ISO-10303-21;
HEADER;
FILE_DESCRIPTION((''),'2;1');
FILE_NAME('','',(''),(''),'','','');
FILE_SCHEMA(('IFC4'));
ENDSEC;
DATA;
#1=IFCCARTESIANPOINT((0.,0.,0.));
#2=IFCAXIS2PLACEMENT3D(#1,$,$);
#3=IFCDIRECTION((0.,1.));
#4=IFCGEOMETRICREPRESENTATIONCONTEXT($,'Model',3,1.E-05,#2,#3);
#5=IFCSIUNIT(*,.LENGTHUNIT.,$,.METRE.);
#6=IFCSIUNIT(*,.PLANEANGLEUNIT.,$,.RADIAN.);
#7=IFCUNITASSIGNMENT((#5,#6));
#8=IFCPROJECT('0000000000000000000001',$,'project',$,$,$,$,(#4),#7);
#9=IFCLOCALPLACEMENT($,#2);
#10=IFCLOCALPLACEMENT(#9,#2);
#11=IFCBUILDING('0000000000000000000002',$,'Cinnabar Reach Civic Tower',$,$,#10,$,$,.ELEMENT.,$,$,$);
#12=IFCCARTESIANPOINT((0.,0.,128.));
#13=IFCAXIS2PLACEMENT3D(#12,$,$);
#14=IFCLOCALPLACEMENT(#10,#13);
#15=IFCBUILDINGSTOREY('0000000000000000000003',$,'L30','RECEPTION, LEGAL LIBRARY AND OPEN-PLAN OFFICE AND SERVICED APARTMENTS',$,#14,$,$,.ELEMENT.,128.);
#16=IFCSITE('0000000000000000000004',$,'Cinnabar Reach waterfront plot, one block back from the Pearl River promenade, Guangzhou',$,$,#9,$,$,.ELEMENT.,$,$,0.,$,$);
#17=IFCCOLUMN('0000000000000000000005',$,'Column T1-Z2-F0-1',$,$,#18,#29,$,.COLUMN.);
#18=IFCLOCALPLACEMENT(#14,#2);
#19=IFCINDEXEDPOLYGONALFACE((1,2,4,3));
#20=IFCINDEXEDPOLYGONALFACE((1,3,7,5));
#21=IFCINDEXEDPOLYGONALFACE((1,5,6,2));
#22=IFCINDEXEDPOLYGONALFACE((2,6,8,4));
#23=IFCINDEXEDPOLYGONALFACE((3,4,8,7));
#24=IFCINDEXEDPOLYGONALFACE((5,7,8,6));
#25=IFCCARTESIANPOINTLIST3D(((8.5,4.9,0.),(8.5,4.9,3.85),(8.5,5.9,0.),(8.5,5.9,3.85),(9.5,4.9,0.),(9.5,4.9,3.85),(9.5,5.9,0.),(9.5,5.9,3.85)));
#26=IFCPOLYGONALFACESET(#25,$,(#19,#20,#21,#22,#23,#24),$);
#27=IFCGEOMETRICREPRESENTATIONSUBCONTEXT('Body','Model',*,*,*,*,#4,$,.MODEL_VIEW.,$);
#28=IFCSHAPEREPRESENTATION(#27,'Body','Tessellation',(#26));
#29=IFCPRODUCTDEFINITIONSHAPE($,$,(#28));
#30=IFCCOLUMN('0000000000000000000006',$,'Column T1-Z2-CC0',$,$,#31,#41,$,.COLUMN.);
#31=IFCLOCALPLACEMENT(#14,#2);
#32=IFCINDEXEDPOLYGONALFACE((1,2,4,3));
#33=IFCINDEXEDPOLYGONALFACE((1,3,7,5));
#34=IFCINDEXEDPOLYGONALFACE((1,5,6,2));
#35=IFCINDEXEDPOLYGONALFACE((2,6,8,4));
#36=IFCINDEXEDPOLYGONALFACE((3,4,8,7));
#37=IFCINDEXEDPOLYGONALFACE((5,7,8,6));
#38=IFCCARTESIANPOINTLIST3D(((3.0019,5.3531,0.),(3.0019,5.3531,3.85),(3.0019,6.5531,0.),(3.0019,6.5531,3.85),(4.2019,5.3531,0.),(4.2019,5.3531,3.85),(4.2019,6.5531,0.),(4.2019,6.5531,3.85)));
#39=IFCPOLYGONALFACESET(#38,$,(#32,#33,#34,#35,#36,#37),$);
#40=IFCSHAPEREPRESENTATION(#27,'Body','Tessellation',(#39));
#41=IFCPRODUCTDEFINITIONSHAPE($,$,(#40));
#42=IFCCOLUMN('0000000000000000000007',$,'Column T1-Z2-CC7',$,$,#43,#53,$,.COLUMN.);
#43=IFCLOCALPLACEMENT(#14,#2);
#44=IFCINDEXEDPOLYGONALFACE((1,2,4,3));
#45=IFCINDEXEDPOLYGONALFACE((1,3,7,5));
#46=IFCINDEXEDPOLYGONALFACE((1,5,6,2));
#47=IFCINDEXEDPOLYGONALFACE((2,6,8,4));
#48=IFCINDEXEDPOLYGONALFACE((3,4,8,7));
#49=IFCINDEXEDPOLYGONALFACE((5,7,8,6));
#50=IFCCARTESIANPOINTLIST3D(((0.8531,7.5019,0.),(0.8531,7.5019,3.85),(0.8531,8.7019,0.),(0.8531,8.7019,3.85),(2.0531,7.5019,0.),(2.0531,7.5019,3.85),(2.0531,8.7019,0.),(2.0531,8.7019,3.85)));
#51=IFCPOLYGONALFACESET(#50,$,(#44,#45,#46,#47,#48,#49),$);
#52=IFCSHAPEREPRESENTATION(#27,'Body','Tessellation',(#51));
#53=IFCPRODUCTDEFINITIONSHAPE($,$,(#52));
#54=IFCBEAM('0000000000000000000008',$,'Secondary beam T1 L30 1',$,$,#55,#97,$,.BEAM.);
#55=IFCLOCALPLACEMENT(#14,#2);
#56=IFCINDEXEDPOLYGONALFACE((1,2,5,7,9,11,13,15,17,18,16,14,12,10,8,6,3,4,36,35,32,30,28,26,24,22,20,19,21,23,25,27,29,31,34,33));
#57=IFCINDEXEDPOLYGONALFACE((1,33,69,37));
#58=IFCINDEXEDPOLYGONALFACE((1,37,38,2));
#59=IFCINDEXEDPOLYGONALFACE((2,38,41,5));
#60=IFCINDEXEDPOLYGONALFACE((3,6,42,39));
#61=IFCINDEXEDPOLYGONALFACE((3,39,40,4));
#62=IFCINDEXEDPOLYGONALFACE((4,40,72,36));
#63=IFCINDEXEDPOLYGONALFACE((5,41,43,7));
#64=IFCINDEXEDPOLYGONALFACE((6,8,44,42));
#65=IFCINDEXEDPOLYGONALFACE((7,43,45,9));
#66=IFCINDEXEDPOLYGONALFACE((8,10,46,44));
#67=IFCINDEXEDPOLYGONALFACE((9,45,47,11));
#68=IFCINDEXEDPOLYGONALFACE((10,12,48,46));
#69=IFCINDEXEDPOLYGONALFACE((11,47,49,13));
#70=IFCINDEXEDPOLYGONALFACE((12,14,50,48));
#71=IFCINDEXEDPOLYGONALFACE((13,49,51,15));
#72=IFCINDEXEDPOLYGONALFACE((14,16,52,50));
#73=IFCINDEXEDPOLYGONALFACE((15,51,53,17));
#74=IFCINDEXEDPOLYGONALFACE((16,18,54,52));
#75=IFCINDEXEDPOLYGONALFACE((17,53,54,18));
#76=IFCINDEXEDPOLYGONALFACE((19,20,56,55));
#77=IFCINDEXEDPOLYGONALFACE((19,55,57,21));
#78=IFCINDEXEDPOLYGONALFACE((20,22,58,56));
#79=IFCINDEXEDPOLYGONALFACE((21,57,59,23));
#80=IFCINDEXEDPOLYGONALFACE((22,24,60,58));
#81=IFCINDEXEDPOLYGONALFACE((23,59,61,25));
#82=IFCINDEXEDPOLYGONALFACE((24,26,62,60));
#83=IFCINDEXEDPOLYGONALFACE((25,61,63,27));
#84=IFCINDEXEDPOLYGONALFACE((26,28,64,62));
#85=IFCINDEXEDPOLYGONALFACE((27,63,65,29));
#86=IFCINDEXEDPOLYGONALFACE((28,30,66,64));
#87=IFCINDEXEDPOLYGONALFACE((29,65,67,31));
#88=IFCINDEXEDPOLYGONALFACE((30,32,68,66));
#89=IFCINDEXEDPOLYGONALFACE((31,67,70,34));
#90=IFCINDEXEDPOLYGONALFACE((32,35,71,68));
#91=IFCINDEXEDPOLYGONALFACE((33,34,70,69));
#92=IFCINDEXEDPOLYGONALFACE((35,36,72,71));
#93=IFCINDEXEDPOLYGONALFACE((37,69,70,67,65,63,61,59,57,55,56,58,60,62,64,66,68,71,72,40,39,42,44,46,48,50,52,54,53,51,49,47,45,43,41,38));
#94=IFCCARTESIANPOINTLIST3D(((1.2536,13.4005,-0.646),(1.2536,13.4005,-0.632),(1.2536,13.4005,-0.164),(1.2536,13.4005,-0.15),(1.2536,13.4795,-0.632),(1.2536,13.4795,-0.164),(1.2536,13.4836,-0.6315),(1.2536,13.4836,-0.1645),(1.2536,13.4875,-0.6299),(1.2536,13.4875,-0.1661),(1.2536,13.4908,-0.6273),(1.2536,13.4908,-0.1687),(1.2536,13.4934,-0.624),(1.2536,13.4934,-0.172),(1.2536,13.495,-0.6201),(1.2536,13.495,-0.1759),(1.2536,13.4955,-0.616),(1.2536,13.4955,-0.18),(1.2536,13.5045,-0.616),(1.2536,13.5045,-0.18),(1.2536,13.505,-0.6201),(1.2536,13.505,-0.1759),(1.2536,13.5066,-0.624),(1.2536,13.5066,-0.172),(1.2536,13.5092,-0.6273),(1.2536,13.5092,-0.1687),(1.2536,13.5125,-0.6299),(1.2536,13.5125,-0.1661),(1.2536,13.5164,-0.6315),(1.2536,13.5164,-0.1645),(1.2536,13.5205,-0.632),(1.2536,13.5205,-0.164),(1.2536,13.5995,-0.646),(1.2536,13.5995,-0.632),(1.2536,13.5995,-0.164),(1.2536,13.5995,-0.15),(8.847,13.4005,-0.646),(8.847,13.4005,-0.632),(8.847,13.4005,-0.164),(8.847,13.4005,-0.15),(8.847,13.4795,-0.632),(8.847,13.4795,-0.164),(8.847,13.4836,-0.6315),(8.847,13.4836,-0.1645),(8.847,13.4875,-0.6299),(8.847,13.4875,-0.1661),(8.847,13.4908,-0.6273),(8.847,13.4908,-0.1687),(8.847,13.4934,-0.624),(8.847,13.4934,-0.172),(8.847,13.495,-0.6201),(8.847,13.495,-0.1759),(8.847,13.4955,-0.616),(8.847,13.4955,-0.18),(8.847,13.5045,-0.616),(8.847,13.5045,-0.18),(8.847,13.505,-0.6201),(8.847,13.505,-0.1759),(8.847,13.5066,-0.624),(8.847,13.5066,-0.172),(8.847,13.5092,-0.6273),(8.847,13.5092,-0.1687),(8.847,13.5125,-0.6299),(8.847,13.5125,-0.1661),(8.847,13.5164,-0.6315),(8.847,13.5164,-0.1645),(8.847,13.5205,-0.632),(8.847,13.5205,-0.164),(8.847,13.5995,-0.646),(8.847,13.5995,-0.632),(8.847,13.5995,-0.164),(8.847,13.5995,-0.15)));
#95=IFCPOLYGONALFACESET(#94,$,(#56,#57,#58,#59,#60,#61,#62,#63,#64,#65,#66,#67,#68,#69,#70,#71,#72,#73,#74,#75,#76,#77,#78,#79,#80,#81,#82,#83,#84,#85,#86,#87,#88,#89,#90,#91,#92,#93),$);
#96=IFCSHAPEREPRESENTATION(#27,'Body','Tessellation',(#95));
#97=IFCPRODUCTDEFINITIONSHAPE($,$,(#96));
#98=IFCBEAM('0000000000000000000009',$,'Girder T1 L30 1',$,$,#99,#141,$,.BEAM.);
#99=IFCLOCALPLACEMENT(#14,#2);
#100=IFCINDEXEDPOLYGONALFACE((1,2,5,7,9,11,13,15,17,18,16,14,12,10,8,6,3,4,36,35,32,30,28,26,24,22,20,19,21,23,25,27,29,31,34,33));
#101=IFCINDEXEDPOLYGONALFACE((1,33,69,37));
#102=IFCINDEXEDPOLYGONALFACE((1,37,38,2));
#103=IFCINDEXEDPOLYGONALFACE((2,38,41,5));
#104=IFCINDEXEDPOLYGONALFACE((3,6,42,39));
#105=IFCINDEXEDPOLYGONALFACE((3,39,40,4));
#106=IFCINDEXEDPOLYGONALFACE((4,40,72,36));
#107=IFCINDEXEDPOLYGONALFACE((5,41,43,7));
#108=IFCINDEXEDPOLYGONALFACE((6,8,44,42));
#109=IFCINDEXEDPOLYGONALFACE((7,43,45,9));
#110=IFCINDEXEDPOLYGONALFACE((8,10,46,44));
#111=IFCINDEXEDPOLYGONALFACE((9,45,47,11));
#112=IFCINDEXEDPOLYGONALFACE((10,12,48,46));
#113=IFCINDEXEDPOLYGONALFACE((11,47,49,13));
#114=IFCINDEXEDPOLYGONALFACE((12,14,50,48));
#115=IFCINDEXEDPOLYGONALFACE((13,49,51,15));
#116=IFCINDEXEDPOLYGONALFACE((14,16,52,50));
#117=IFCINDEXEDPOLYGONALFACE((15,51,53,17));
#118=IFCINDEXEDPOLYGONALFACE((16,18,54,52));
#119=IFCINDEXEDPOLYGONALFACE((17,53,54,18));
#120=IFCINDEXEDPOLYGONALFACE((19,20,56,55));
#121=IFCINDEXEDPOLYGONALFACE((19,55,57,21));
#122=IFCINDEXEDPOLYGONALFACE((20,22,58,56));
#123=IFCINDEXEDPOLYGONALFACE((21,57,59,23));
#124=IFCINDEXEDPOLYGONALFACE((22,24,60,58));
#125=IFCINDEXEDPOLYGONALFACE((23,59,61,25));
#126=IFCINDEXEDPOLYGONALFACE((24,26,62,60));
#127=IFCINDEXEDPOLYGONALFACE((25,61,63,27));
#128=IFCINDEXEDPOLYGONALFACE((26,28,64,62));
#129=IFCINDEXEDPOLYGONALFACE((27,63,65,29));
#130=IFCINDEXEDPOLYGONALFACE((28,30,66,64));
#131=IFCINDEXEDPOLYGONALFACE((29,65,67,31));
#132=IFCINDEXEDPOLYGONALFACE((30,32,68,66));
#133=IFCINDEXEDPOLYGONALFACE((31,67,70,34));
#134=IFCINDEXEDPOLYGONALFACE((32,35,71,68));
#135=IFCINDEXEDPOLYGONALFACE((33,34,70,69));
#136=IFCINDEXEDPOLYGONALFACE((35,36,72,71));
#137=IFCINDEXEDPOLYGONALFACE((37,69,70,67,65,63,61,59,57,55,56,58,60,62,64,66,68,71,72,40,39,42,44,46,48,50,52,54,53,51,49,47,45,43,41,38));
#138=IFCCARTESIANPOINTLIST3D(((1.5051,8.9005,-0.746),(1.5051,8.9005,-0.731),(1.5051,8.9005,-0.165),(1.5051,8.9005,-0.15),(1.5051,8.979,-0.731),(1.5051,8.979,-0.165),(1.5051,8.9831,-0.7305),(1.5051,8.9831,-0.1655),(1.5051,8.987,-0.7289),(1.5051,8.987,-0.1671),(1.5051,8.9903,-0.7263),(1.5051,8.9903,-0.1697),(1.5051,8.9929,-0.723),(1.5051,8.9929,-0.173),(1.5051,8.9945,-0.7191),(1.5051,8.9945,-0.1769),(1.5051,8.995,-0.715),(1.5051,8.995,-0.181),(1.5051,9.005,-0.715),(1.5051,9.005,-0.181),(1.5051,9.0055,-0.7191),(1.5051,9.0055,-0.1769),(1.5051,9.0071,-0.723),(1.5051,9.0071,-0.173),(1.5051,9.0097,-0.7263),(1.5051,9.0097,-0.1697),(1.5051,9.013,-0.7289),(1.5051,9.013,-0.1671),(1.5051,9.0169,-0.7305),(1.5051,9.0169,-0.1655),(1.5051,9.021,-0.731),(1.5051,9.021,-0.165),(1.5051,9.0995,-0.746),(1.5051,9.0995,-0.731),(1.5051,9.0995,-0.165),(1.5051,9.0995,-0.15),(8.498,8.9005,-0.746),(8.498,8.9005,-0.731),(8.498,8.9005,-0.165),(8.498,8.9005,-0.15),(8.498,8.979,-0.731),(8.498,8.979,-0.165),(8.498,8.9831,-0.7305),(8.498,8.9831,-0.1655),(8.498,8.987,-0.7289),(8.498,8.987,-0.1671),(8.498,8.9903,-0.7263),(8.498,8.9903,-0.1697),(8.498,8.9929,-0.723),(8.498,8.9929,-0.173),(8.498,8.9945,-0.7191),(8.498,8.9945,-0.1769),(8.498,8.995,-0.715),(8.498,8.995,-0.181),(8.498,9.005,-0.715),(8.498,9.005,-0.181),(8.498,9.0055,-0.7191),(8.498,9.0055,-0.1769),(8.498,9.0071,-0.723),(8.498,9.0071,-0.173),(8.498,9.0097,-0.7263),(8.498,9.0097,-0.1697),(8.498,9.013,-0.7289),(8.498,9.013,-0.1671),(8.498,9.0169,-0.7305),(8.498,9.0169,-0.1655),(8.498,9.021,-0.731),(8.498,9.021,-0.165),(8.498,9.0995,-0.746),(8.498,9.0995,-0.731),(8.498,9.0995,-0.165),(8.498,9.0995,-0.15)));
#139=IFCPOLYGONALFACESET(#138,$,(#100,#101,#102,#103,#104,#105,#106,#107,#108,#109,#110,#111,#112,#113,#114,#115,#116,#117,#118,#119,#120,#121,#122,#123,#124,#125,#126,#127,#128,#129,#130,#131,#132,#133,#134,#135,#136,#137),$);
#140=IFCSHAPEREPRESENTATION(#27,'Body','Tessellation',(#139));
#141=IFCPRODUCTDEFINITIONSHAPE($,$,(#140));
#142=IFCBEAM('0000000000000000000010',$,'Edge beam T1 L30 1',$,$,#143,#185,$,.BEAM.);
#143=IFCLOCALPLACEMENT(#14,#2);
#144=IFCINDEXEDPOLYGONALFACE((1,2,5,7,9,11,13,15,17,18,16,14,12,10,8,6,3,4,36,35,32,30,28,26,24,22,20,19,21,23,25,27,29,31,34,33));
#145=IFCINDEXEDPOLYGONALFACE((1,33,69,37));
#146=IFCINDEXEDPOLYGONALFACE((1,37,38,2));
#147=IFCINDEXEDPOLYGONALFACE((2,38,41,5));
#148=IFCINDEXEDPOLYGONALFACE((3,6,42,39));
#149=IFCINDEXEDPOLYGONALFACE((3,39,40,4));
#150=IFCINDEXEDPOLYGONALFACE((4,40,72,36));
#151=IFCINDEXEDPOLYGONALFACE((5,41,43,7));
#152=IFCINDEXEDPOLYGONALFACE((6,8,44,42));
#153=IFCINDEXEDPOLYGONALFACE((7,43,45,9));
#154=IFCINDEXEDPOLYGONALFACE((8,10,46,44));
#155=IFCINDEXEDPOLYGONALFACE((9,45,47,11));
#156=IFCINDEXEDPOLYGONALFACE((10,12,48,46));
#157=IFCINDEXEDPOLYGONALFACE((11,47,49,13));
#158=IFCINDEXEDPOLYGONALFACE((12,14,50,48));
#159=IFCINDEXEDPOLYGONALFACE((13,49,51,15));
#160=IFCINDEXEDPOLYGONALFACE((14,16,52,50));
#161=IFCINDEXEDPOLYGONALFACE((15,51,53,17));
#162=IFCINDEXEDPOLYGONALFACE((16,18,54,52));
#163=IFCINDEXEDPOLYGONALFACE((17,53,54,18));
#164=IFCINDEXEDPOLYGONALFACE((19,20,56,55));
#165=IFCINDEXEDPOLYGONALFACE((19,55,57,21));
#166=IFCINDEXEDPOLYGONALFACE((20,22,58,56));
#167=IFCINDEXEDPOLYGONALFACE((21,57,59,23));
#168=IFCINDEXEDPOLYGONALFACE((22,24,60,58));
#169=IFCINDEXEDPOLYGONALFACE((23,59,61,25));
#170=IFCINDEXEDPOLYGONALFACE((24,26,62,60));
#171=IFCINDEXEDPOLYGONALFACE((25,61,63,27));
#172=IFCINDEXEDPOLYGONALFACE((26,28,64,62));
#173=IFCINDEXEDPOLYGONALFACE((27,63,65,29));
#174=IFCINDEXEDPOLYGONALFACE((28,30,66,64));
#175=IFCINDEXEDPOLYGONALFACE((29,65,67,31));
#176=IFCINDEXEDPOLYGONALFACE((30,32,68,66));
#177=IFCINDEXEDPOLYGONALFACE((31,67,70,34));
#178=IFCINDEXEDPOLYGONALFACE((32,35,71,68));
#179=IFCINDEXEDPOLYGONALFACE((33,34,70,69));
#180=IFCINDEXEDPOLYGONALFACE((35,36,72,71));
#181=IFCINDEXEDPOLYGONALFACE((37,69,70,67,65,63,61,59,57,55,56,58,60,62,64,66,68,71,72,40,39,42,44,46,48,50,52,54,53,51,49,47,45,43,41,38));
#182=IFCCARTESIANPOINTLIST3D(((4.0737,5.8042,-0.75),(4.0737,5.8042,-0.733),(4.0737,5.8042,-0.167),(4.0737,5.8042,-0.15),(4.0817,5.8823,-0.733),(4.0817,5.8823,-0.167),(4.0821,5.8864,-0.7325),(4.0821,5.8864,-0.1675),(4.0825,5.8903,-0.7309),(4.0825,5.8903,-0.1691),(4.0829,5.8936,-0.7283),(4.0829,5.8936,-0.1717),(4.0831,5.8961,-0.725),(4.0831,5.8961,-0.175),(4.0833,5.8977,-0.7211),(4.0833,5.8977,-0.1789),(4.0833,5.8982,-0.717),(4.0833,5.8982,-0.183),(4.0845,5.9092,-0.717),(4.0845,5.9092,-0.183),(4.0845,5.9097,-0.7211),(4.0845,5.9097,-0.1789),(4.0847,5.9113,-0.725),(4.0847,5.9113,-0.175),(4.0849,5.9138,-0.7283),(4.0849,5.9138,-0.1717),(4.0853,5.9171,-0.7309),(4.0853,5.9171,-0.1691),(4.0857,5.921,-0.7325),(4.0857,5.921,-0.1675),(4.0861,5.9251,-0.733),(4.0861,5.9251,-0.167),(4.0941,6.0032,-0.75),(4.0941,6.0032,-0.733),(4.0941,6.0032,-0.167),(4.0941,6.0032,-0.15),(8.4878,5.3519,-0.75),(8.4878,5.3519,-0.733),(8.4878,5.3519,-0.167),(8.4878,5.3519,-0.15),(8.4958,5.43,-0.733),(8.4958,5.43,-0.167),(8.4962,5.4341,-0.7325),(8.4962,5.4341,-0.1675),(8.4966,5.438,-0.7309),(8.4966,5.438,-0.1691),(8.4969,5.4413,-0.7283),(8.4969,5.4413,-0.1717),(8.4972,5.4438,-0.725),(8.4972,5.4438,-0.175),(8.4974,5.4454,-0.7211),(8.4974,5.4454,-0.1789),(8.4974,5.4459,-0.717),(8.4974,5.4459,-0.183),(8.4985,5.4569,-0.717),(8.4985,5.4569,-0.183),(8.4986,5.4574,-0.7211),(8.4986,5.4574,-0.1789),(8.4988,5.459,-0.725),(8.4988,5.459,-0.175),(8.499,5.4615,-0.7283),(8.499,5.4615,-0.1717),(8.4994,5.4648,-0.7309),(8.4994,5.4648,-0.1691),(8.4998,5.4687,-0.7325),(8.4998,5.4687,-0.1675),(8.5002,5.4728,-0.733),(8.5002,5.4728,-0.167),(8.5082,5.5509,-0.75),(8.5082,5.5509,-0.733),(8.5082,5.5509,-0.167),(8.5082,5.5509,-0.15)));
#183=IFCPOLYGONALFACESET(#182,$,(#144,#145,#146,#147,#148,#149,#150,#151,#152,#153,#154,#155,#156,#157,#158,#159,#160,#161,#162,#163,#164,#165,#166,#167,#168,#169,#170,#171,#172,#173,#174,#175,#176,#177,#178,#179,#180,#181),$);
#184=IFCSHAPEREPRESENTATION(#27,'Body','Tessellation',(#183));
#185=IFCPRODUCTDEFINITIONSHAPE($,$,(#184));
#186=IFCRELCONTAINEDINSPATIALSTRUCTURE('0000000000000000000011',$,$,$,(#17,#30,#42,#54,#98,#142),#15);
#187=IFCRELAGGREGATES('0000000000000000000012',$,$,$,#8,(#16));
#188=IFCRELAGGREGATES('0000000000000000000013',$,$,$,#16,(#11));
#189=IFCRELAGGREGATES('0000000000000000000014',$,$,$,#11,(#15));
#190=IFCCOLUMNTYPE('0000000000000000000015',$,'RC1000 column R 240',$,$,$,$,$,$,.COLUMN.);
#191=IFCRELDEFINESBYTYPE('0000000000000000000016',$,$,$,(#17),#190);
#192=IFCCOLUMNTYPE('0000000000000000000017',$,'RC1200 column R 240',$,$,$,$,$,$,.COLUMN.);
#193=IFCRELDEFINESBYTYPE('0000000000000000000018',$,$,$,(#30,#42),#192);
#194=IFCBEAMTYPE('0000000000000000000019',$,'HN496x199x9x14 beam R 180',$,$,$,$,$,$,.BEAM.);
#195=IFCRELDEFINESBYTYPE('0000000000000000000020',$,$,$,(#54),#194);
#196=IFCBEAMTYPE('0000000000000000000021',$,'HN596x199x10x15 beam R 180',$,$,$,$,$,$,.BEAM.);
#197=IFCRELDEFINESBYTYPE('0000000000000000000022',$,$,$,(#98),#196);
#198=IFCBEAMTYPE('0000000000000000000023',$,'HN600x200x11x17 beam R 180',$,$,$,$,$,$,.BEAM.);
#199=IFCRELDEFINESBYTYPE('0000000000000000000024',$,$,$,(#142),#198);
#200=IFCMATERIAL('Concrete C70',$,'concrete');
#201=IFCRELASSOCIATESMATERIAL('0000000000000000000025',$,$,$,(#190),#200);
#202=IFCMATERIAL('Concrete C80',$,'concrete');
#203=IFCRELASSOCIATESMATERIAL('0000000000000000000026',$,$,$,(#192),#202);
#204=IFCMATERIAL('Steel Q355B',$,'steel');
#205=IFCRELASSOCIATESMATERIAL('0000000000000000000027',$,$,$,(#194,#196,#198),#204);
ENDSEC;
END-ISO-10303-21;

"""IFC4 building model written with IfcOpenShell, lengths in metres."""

from ifc_helpers import new_model, si_unit, direction, frame, origin, origin_2d, place, context, subcontext, project, spatial, rectangle, i_section, extrude, material, material_profile, profile_set, type_object, element, save


model = new_model("IFC4")

# Units and contexts
model_context = context("Model", 3, precision=1e-05, world=origin(), true_north=direction((0.0, 1.0)))
body_context = subcontext(model_context, "Body", "Model", "MODEL_VIEW")
ifc_project = project(units=[si_unit("LENGTHUNIT", "METRE"), si_unit("PLANEANGLEUNIT", "RADIAN")], contexts=[model_context])

# Site, building, storey
site_placement = place(None, origin())
site = spatial("IfcSite", under=ifc_project, at=site_placement, Name="Cinnabar Reach waterfront plot, one block back from the Pearl River promenade, Guangzhou", CompositionType="ELEMENT", RefElevation=0.0)
building_placement = place(site_placement, origin())
building = spatial("IfcBuilding", under=site, at=building_placement, Name="Cinnabar Reach Civic Tower", CompositionType="ELEMENT")
storey_placement = place(building_placement, frame((0.0, 0.0, 128.0)))
storey = spatial("IfcBuildingStorey", under=building, at=storey_placement, Name="L30", Description="RECEPTION, LEGAL LIBRARY AND OPEN-PLAN OFFICE AND SERVICED APARTMENTS", CompositionType="ELEMENT", Elevation=128.0)

# Columns
ifc_material_1 = material(Name="Concrete C70", Category="concrete")
ifc_material_profile_1 = material_profile(ifc_material_1, rectangle(XDim=1.0, YDim=1.0, at=origin_2d()), Name="RC1000")
ifc_profile_set_1 = profile_set([ifc_material_profile_1], Name="Concrete C70")
column_type_1 = type_object("IfcColumnType", Name="RC1000 column R 240", PredefinedType="COLUMN", material=ifc_profile_set_1)
column_placement = place(storey_placement, frame((9.0, 5.4, 0.0), z_axis=(0.0, 0.0, 1.0), x_axis=(1.0, 0.0, 0.0)))
element("IfcColumn", 1, at=column_placement, inside=storey, type_object=column_type_1, Name="Column T1-Z2-F0-1", PredefinedType="COLUMN", context=body_context, shape_type="SweptSolid", body=[
    extrude(rectangle(XDim=1.0, YDim=1.0, at=origin_2d()), origin(), (0.0, 0.0, 1.0), 3.85),
])
ifc_material_2 = material(Name="Concrete C80", Category="concrete")
ifc_material_profile_2 = material_profile(ifc_material_2, rectangle(XDim=1.2, YDim=1.2, at=origin_2d()), Name="RC1200")
ifc_profile_set_2 = profile_set([ifc_material_profile_2], Name="Concrete C80")
column_type_2 = type_object("IfcColumnType", Name="RC1200 column R 240", PredefinedType="COLUMN", material=ifc_profile_set_2)
for number, where, z_axis, x_axis, name in (
    (2, (3.6019, 5.9531, 0.0), (0.0, 0.0, 1.0), (1.0, 0.0, 0.0), "Column T1-Z2-CC0"),
    (3, (1.4531, 8.1019, 0.0), (0.0, 0.0, 1.0), (1.0, 0.0, 0.0), "Column T1-Z2-CC7"),
):
    element("IfcColumn", number, at=place(storey_placement, frame(where, z_axis=z_axis, x_axis=x_axis)), inside=storey, type_object=column_type_2, Name=name, PredefinedType="COLUMN", context=body_context, shape_type="SweptSolid", body=[
        extrude(rectangle(XDim=1.2, YDim=1.2, at=origin_2d()), origin(), (0.0, 0.0, 1.0), 3.85),
    ])

# Beams
ifc_material_3 = material(Name="Steel Q355B", Category="steel")
ifc_material_profile_3 = material_profile(ifc_material_3, i_section(OverallWidth=0.199, OverallDepth=0.496, WebThickness=0.009, FlangeThickness=0.014, FilletRadius=0.016, at=origin_2d()), Name="HN496x199x9x14")
ifc_profile_set_3 = profile_set([ifc_material_profile_3], Name="Steel Q355B")
beam_type_1 = type_object("IfcBeamType", Name="HN496x199x9x14 beam R 180", PredefinedType="BEAM", material=ifc_profile_set_3)
beam_1_placement = place(storey_placement, frame((1.2536, 13.5, -0.398), z_axis=(1.0, 0.0, 0.0), x_axis=(0.0, 1.0, 0.0)))
element("IfcBeam", 4, at=beam_1_placement, inside=storey, type_object=beam_type_1, Name="Secondary beam T1 L30 1", PredefinedType="BEAM", context=body_context, shape_type="SweptSolid", body=[
    extrude(i_section(OverallWidth=0.199, OverallDepth=0.496, WebThickness=0.009, FlangeThickness=0.014, FilletRadius=0.016, at=origin_2d()), origin(), (0.0, 0.0, 1.0), 7.5934),
])
ifc_material_profile_4 = material_profile(ifc_material_3, i_section(OverallWidth=0.199, OverallDepth=0.596, WebThickness=0.01, FlangeThickness=0.015, FilletRadius=0.016, at=origin_2d()), Name="HN596x199x10x15")
ifc_profile_set_4 = profile_set([ifc_material_profile_4], Name="Steel Q355B")
beam_type_2 = type_object("IfcBeamType", Name="HN596x199x10x15 beam R 180", PredefinedType="BEAM", material=ifc_profile_set_4)
beam_2_placement = place(storey_placement, frame((1.5051, 9.0, -0.448), z_axis=(1.0, 0.0, 0.0), x_axis=(0.0, 1.0, 0.0)))
element("IfcBeam", 5, at=beam_2_placement, inside=storey, type_object=beam_type_2, Name="Girder T1 L30 1", PredefinedType="BEAM", context=body_context, shape_type="SweptSolid", body=[
    extrude(i_section(OverallWidth=0.199, OverallDepth=0.596, WebThickness=0.01, FlangeThickness=0.015, FilletRadius=0.016, at=origin_2d()), origin(), (0.0, 0.0, 1.0), 6.9929),
])
ifc_material_profile_5 = material_profile(ifc_material_3, i_section(OverallWidth=0.2, OverallDepth=0.6, WebThickness=0.011, FlangeThickness=0.017, FilletRadius=0.016, at=origin_2d()), Name="HN600x200x11x17")
ifc_profile_set_5 = profile_set([ifc_material_profile_5], Name="Steel Q355B")
beam_type_3 = type_object("IfcBeamType", Name="HN600x200x11x17 beam R 180", PredefinedType="BEAM", material=ifc_profile_set_5)
beam_3_placement = place(storey_placement, frame((4.0839, 5.9037, -0.45), z_axis=(0.994791, -0.101933, 0.0), x_axis=(0.101933, 0.994791, 0.0)))
element("IfcBeam", 6, at=beam_3_placement, inside=storey, type_object=beam_type_3, Name="Edge beam T1 L30 1", PredefinedType="BEAM", context=body_context, shape_type="SweptSolid", body=[
    extrude(i_section(OverallWidth=0.2, OverallDepth=0.6, WebThickness=0.011, FlangeThickness=0.017, FilletRadius=0.016, at=origin_2d()), origin(), (0.0, 0.0, 1.0), 4.4372),
])

save(model, "model.ifc")
